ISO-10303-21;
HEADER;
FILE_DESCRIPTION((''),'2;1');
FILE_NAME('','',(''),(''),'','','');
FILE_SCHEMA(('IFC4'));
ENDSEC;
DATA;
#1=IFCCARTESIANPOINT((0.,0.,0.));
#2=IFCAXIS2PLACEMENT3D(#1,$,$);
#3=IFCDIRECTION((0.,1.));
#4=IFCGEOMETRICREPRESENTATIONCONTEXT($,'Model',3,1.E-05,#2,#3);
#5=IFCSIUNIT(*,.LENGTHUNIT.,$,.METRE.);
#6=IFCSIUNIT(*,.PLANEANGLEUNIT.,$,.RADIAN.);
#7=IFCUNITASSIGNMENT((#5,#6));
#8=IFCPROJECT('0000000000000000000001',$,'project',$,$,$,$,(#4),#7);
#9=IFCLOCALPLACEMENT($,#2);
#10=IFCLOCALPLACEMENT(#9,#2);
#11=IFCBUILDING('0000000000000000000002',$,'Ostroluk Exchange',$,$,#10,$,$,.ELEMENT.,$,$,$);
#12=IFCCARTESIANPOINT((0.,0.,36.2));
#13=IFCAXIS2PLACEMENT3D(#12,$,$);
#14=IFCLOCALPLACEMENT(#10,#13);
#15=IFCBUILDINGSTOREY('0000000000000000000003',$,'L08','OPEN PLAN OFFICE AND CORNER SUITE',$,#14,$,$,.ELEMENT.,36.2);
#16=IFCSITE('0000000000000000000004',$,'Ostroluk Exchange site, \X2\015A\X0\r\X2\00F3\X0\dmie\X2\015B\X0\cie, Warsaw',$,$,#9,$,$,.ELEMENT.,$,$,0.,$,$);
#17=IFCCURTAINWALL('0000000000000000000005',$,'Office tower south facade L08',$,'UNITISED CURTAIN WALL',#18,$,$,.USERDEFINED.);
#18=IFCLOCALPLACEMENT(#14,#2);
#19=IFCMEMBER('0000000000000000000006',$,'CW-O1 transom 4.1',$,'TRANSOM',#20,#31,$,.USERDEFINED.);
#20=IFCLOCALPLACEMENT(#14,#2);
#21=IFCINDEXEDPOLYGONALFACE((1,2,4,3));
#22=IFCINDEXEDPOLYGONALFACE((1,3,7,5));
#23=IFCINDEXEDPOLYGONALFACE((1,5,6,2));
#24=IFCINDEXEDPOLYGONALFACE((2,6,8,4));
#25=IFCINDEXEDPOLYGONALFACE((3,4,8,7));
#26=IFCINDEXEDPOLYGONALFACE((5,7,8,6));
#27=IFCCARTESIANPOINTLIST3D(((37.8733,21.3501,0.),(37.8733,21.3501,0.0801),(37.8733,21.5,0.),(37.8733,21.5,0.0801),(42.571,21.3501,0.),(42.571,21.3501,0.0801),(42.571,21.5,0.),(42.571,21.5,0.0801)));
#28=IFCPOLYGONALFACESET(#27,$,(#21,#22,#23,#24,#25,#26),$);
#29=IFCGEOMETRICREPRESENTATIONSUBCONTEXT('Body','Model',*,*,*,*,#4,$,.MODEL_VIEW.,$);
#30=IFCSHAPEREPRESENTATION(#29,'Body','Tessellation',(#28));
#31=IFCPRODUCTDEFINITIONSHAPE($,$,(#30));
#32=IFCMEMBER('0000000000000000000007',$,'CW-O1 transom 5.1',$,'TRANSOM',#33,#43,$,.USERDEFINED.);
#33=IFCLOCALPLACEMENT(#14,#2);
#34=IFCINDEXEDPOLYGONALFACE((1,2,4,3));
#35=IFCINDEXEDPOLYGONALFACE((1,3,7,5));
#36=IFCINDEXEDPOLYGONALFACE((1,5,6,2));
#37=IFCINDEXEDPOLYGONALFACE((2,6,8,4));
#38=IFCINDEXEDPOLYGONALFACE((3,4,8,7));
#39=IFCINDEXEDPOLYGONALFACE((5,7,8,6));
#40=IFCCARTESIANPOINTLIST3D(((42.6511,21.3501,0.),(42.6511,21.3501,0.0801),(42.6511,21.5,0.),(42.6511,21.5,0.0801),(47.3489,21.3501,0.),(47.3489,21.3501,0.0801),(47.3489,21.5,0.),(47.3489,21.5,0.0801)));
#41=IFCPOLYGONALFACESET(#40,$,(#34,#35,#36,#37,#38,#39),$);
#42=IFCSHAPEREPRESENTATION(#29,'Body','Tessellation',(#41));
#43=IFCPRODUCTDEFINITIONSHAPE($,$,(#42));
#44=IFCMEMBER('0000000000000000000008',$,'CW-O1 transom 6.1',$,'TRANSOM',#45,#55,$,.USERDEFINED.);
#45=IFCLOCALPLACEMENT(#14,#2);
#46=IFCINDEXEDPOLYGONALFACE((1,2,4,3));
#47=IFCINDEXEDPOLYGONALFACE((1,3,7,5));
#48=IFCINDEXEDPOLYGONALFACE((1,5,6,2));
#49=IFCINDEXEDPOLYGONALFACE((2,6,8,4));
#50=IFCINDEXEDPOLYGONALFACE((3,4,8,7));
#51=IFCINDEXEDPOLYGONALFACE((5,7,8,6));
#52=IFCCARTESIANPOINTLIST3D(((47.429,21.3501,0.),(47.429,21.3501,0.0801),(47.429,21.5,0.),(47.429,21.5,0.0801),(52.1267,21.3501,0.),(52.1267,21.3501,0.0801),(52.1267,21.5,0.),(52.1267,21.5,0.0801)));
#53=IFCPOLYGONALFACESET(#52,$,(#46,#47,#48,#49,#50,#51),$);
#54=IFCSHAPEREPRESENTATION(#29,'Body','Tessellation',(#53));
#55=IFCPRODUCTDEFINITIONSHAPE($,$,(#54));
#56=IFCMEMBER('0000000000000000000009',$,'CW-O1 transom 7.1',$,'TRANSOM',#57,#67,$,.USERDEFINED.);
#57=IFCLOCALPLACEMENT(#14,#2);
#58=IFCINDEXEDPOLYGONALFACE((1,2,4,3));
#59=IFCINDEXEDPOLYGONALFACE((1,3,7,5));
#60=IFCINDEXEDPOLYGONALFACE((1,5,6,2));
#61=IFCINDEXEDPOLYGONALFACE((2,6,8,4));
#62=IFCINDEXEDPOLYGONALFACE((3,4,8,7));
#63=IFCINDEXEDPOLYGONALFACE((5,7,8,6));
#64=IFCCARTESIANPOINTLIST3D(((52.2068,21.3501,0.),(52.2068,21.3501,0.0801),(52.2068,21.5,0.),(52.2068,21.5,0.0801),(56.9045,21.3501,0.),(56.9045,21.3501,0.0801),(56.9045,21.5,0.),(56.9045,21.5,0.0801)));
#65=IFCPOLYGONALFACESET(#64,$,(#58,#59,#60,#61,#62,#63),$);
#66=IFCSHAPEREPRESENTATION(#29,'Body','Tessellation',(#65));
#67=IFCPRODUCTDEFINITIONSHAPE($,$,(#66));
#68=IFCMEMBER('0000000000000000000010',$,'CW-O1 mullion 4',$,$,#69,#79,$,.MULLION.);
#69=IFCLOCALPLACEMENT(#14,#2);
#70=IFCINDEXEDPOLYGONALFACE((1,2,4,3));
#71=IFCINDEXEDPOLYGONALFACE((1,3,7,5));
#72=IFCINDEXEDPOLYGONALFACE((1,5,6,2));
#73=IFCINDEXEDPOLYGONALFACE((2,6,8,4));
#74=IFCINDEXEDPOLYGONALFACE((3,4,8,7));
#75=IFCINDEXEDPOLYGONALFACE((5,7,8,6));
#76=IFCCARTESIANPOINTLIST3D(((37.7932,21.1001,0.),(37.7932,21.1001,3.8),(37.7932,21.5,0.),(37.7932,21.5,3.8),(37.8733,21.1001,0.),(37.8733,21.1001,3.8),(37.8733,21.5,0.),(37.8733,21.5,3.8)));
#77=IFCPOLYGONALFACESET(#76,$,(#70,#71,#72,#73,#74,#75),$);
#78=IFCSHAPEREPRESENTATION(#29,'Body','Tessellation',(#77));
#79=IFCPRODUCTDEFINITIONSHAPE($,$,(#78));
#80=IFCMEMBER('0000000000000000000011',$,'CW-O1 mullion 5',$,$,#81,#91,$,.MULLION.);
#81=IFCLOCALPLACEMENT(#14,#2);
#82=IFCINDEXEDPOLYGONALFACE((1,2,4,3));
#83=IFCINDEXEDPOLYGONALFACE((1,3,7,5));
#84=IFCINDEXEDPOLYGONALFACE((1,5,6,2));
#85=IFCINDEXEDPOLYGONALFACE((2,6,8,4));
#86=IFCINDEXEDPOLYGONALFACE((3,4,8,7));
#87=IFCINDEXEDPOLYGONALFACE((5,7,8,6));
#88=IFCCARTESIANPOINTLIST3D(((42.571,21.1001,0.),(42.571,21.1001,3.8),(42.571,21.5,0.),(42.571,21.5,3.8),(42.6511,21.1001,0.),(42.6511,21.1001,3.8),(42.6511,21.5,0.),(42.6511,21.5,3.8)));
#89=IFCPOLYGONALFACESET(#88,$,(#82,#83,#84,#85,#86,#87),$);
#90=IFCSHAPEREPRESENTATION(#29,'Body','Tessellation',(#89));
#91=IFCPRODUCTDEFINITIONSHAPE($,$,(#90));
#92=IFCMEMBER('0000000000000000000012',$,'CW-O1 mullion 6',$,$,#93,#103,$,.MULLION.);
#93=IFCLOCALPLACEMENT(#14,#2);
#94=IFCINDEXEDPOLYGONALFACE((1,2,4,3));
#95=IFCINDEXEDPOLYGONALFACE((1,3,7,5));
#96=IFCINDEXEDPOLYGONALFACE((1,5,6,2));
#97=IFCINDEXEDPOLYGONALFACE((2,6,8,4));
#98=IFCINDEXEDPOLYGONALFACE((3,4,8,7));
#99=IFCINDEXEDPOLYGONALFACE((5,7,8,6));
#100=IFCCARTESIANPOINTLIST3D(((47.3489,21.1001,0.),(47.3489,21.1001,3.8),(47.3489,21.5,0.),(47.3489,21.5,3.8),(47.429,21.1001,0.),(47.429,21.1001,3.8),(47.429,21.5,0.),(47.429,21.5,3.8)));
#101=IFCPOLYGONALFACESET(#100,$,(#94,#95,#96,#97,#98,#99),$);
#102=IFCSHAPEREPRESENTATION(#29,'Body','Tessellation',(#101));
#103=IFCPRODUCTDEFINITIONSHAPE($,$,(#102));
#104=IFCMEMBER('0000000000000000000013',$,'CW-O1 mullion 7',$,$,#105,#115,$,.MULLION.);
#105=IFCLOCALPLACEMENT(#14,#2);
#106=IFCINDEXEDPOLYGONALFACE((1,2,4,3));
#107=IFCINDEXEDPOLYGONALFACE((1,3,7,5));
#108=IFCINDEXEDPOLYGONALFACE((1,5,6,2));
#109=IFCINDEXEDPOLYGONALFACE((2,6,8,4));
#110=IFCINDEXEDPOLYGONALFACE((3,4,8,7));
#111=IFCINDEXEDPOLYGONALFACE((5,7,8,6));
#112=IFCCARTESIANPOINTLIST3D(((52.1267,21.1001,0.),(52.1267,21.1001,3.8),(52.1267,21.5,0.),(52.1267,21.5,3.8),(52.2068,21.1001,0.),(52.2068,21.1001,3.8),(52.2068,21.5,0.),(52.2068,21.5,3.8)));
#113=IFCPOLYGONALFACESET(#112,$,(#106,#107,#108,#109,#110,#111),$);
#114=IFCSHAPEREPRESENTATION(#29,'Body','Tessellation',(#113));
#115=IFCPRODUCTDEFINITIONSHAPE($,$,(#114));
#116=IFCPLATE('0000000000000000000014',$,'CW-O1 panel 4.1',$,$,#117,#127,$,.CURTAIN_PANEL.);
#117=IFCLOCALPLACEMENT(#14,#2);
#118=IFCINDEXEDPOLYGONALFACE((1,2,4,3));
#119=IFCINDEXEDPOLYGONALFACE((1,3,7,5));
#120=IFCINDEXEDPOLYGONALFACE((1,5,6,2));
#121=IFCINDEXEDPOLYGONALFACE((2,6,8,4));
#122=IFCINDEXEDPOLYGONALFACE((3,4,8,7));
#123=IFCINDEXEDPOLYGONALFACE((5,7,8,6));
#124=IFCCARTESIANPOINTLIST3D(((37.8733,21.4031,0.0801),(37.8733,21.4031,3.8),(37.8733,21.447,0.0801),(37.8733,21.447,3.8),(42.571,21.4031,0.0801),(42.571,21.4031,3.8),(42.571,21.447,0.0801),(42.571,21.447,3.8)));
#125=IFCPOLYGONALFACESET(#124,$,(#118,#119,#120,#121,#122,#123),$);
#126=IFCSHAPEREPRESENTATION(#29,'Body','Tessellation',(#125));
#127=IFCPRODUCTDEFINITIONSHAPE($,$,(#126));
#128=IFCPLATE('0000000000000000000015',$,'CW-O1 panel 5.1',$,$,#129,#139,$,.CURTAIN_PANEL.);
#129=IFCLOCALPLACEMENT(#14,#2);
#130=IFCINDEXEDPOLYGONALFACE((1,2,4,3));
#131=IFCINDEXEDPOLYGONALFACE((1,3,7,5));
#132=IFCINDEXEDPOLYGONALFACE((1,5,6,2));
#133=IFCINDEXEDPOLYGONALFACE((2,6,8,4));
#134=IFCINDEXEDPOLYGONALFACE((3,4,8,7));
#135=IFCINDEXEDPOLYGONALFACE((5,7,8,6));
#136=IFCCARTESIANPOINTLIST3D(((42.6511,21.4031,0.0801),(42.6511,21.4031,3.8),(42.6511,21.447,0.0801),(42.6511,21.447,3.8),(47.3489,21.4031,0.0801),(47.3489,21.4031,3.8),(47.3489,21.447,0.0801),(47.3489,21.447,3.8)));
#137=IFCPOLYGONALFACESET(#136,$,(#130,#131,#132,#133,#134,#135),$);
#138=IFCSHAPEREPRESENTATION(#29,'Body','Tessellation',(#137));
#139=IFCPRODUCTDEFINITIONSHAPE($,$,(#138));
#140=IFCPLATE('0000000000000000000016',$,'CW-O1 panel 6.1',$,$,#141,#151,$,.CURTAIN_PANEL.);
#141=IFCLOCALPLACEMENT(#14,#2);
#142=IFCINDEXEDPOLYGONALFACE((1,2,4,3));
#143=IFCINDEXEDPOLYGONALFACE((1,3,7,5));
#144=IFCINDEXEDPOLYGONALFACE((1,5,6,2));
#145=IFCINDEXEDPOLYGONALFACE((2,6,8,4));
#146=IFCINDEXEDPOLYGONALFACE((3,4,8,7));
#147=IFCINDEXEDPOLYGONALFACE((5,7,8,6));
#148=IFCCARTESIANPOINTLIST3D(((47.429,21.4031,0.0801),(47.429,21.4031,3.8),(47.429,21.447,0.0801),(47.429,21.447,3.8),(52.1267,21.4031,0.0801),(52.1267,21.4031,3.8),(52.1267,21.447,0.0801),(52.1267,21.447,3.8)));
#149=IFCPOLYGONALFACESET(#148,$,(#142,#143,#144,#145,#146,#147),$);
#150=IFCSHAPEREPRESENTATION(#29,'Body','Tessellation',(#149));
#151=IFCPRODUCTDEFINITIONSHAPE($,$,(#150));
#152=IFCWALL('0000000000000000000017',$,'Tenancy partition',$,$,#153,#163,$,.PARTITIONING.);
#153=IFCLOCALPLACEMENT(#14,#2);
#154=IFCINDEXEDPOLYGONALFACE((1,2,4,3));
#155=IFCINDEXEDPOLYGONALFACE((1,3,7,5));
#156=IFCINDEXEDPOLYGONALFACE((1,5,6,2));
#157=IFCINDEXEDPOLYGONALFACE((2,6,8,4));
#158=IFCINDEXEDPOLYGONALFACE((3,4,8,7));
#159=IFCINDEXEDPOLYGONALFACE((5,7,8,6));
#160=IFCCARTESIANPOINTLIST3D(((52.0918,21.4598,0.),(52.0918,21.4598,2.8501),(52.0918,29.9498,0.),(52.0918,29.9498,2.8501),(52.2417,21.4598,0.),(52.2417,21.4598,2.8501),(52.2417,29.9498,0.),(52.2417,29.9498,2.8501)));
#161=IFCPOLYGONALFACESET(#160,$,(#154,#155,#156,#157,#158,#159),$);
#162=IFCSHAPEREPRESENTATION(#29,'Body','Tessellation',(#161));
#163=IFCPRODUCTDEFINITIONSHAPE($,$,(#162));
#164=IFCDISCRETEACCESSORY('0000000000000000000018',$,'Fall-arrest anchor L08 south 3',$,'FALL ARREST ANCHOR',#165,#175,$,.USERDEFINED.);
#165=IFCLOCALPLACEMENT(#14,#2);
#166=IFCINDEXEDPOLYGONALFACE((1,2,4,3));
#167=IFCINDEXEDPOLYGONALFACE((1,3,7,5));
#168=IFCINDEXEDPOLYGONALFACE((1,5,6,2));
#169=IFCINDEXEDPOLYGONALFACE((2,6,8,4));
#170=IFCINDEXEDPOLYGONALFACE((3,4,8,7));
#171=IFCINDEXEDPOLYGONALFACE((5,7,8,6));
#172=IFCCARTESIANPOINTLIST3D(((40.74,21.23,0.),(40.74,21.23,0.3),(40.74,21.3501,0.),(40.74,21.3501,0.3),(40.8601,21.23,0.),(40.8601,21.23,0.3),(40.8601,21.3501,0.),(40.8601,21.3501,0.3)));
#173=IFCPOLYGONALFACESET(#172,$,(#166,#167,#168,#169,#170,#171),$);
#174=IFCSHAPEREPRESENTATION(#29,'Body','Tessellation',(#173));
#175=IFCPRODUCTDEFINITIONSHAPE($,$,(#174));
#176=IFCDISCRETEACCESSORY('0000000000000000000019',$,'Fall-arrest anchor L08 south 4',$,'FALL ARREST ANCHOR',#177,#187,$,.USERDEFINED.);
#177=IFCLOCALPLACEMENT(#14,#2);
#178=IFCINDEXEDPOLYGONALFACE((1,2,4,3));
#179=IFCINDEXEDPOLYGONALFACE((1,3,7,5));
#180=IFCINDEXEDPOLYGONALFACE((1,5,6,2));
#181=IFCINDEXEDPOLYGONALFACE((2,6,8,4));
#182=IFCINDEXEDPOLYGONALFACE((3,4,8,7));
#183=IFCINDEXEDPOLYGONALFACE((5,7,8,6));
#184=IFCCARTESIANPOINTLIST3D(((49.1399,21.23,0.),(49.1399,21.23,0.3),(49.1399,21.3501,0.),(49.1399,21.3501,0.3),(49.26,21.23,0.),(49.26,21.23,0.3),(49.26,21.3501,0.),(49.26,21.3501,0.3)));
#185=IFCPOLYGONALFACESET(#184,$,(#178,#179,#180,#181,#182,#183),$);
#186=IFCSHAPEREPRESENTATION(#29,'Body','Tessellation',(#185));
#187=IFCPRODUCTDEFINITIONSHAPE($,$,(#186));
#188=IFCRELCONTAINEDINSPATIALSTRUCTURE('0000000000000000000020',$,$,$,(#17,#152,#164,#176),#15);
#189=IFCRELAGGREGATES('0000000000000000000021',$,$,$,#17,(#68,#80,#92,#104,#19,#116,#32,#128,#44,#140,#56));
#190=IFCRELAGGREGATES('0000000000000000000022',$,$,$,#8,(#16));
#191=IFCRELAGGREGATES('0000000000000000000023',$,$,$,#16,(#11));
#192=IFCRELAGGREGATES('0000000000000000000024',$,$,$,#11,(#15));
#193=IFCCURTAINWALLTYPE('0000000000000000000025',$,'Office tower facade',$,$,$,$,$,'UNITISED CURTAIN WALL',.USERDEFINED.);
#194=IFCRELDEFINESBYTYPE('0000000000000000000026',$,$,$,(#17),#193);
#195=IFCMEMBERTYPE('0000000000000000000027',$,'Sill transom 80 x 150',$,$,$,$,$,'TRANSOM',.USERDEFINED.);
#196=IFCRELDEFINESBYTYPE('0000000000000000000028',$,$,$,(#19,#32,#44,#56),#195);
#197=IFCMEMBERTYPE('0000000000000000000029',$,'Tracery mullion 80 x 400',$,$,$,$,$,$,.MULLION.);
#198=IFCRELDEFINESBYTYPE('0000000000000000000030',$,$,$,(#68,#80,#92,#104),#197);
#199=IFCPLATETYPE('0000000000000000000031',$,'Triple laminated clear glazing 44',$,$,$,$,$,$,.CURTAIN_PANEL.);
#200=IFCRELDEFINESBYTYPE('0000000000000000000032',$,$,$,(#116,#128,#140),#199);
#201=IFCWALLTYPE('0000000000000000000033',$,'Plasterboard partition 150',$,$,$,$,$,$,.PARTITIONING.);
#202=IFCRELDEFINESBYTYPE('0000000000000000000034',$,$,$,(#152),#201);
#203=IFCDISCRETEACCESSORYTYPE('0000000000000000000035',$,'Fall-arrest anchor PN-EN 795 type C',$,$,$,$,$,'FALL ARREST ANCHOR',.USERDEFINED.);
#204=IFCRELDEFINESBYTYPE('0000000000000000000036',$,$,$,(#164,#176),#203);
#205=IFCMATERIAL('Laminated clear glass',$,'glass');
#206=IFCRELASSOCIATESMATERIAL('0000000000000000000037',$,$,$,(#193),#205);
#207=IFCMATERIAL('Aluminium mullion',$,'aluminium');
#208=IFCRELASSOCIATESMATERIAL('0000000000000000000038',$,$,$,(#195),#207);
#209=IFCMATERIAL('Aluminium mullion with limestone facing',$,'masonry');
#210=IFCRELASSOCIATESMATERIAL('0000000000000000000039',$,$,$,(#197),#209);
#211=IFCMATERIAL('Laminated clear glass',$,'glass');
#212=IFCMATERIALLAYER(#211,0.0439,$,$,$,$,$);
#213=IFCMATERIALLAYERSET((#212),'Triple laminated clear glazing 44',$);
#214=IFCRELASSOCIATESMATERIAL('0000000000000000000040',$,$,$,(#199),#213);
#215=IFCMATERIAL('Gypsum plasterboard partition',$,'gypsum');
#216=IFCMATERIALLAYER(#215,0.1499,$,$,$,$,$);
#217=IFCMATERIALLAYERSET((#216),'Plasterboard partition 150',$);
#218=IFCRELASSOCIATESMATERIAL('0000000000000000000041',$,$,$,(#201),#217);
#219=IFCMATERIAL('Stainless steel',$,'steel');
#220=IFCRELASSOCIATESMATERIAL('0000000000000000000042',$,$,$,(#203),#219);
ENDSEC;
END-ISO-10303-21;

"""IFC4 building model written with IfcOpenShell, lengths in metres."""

from ifc_helpers import new_model, si_unit, direction, frame, frame_2d, origin, origin_2d, place, context, subcontext, project, spatial, rectangle, extrude, material, layer, layer_set, material_profile, profile_set, type_object, element, aggregate, save


model = new_model("IFC4")

# Units and contexts
model_context = context("Model", 3, precision=1e-05, world=origin(), true_north=direction((0.0, 1.0)))
body_context = subcontext(model_context, "Body", "Model", "MODEL_VIEW")
ifc_project = project(units=[si_unit("LENGTHUNIT", "METRE"), si_unit("PLANEANGLEUNIT", "RADIAN")], contexts=[model_context])

# Site, building, storey
site_placement = place(None, origin())
site = spatial("IfcSite", under=ifc_project, at=site_placement, Name="Ostroluk Exchange site, Śródmieście, Warsaw", CompositionType="ELEMENT", RefElevation=0.0)
building_placement = place(site_placement, origin())
building = spatial("IfcBuilding", under=site, at=building_placement, Name="Ostroluk Exchange", CompositionType="ELEMENT")
storey_placement = place(building_placement, frame((0.0, 0.0, 36.2)))
storey = spatial("IfcBuildingStorey", under=building, at=storey_placement, Name="L08", Description="OPEN PLAN OFFICE AND CORNER SUITE", CompositionType="ELEMENT", Elevation=36.2)

# Curtain wall, members, plates
ifc_material_1 = material(Name="Laminated clear glass", Category="glass")
curtain_wall_type = type_object("IfcCurtainWallType", Name="Office tower facade", ElementType="UNITISED CURTAIN WALL", PredefinedType="USERDEFINED", material=ifc_material_1)
curtain_wall_placement = place(storey_placement, origin())
curtain_wall = element("IfcCurtainWall", 1, at=curtain_wall_placement, inside=storey, type_object=curtain_wall_type, Name="Office tower south facade L08", ObjectType="UNITISED CURTAIN WALL", PredefinedType="USERDEFINED")
ifc_material_2 = material(Name="Aluminium mullion", Category="aluminium")
ifc_material_profile_1 = material_profile(ifc_material_2, rectangle(XDim=0.1499, YDim=0.0801, at=origin_2d()), Name="Sill transom 80 x 150")
ifc_profile_set_1 = profile_set([ifc_material_profile_1], Name="Aluminium mullion")
member_type_1 = type_object("IfcMemberType", Name="Sill transom 80 x 150", ElementType="TRANSOM", PredefinedType="USERDEFINED", material=ifc_profile_set_1)
member_1_placement = place(storey_placement, frame((37.8733, 21.425, 0.04), z_axis=(1.0, 0.0, 0.0), x_axis=(0.0, 1.0, 0.0)))
member_1 = element("IfcMember", 2, at=member_1_placement, type_object=member_type_1, Name="CW-O1 transom 4.1", ObjectType="TRANSOM", PredefinedType="USERDEFINED", context=body_context, shape_type="SweptSolid", body=[
    extrude(rectangle(XDim=0.1499, YDim=0.0801, at=origin_2d()), origin(), (0.0, 0.0, 1.0), 4.6978),
])
member_2_placement = place(storey_placement, frame((42.6511, 21.425, 0.04), z_axis=(1.0, 0.0, 0.0), x_axis=(0.0, 1.0, 0.0)))
member_2 = element("IfcMember", 3, at=member_2_placement, type_object=member_type_1, Name="CW-O1 transom 5.1", ObjectType="TRANSOM", PredefinedType="USERDEFINED", context=body_context, shape_type="SweptSolid", body=[
    extrude(rectangle(XDim=0.1499, YDim=0.0801, at=origin_2d()), origin(), (0.0, 0.0, 1.0), 4.6978),
])
member_3_placement = place(storey_placement, frame((47.429, 21.425, 0.04), z_axis=(1.0, 0.0, 0.0), x_axis=(0.0, 1.0, 0.0)))
member_3 = element("IfcMember", 4, at=member_3_placement, type_object=member_type_1, Name="CW-O1 transom 6.1", ObjectType="TRANSOM", PredefinedType="USERDEFINED", context=body_context, shape_type="SweptSolid", body=[
    extrude(rectangle(XDim=0.1499, YDim=0.0801, at=origin_2d()), origin(), (0.0, 0.0, 1.0), 4.6978),
])
member_4_placement = place(storey_placement, frame((52.2068, 21.425, 0.04), z_axis=(1.0, 0.0, 0.0), x_axis=(0.0, 1.0, 0.0)))
member_4 = element("IfcMember", 5, at=member_4_placement, type_object=member_type_1, Name="CW-O1 transom 7.1", ObjectType="TRANSOM", PredefinedType="USERDEFINED", context=body_context, shape_type="SweptSolid", body=[
    extrude(rectangle(XDim=0.1499, YDim=0.0801, at=origin_2d()), origin(), (0.0, 0.0, 1.0), 4.6978),
])
ifc_material_3 = material(Name="Aluminium mullion with limestone facing", Category="masonry")
ifc_material_profile_2 = material_profile(ifc_material_3, rectangle(XDim=0.3999, YDim=0.0801, at=origin_2d()), Name="Tracery mullion 80 x 400")
ifc_profile_set_2 = profile_set([ifc_material_profile_2], Name="Aluminium mullion with limestone facing")
member_type_2 = type_object("IfcMemberType", Name="Tracery mullion 80 x 400", PredefinedType="MULLION", material=ifc_profile_set_2)
member_5_placement = place(storey_placement, frame((37.8333, 21.3, 0.0), z_axis=(0.0, 0.0, 1.0), x_axis=(0.0, 1.0, 0.0)))
member_5 = element("IfcMember", 6, at=member_5_placement, type_object=member_type_2, Name="CW-O1 mullion 4", PredefinedType="MULLION", context=body_context, shape_type="SweptSolid", body=[
    extrude(rectangle(XDim=0.3999, YDim=0.0801, at=origin_2d()), origin(), (0.0, 0.0, 1.0), 3.8),
])
member_6_placement = place(storey_placement, frame((42.6111, 21.3, 0.0), z_axis=(0.0, 0.0, 1.0), x_axis=(0.0, 1.0, 0.0)))
member_6 = element("IfcMember", 7, at=member_6_placement, type_object=member_type_2, Name="CW-O1 mullion 5", PredefinedType="MULLION", context=body_context, shape_type="SweptSolid", body=[
    extrude(rectangle(XDim=0.3999, YDim=0.0801, at=origin_2d()), origin(), (0.0, 0.0, 1.0), 3.8),
])
member_7_placement = place(storey_placement, frame((47.3889, 21.3, 0.0), z_axis=(0.0, 0.0, 1.0), x_axis=(0.0, 1.0, 0.0)))
member_7 = element("IfcMember", 8, at=member_7_placement, type_object=member_type_2, Name="CW-O1 mullion 6", PredefinedType="MULLION", context=body_context, shape_type="SweptSolid", body=[
    extrude(rectangle(XDim=0.3999, YDim=0.0801, at=origin_2d()), origin(), (0.0, 0.0, 1.0), 3.8),
])
member_8_placement = place(storey_placement, frame((52.1667, 21.3, 0.0), z_axis=(0.0, 0.0, 1.0), x_axis=(0.0, 1.0, 0.0)))
member_8 = element("IfcMember", 9, at=member_8_placement, type_object=member_type_2, Name="CW-O1 mullion 7", PredefinedType="MULLION", context=body_context, shape_type="SweptSolid", body=[
    extrude(rectangle(XDim=0.3999, YDim=0.0801, at=origin_2d()), origin(), (0.0, 0.0, 1.0), 3.8),
])
ifc_material_4 = material(Name="Laminated clear glass", Category="glass")
ifc_layer_1 = layer(ifc_material_4, 0.0439)
ifc_layer_set_1 = layer_set([ifc_layer_1], Name="Triple laminated clear glazing 44")
plate_type = type_object("IfcPlateType", Name="Triple laminated clear glazing 44", PredefinedType="CURTAIN_PANEL", material=ifc_layer_set_1)
plate_1_placement = place(storey_placement, frame((40.2222, 21.425, 0.0801), z_axis=(0.0, 0.0, 1.0), x_axis=(1.0, 0.0, 0.0)))
plate_1 = element("IfcPlate", 10, at=plate_1_placement, type_object=plate_type, Name="CW-O1 panel 4.1", PredefinedType="CURTAIN_PANEL", context=body_context, shape_type="SweptSolid", body=[
    extrude(rectangle(XDim=4.6978, YDim=0.0439, at=origin_2d()), origin(), (0.0, 0.0, 1.0), 3.72),
])
plate_2_placement = place(storey_placement, frame((45.0, 21.425, 0.0801), z_axis=(0.0, 0.0, 1.0), x_axis=(1.0, 0.0, 0.0)))
plate_2 = element("IfcPlate", 11, at=plate_2_placement, type_object=plate_type, Name="CW-O1 panel 5.1", PredefinedType="CURTAIN_PANEL", context=body_context, shape_type="SweptSolid", body=[
    extrude(rectangle(XDim=4.6978, YDim=0.0439, at=origin_2d()), origin(), (0.0, 0.0, 1.0), 3.72),
])
plate_3_placement = place(storey_placement, frame((49.7778, 21.425, 0.0801), z_axis=(0.0, 0.0, 1.0), x_axis=(1.0, 0.0, 0.0)))
plate_3 = element("IfcPlate", 12, at=plate_3_placement, type_object=plate_type, Name="CW-O1 panel 6.1", PredefinedType="CURTAIN_PANEL", context=body_context, shape_type="SweptSolid", body=[
    extrude(rectangle(XDim=4.6978, YDim=0.0439, at=origin_2d()), origin(), (0.0, 0.0, 1.0), 3.72),
])
aggregate(curtain_wall, [member_5, member_6, member_7, member_8, member_1, plate_1, member_2, plate_2, member_3, plate_3, member_4])

# Wall
ifc_material_5 = material(Name="Gypsum plasterboard partition", Category="gypsum")
ifc_layer_2 = layer(ifc_material_5, 0.1499)
ifc_layer_set_2 = layer_set([ifc_layer_2], Name="Plasterboard partition 150")
wall_type = type_object("IfcWallType", Name="Plasterboard partition 150", PredefinedType="PARTITIONING", material=ifc_layer_set_2)
wall_placement = place(storey_placement, frame((52.1667, 29.95, 0.0), z_axis=(0.0, 0.0, 1.0), x_axis=(0.0, -1.0, 0.0)))
element("IfcWall", 13, at=wall_placement, inside=storey, type_object=wall_type, Name="Tenancy partition", PredefinedType="PARTITIONING", context=body_context, shape_type="SweptSolid", body=[
    extrude(rectangle(XDim=8.49, YDim=0.1499, at=frame_2d((4.2451, 0.0))), origin(), (0.0, 0.0, 1.0), 2.8501),
])

# Discrete accessories
ifc_material_6 = material(Name="Stainless steel", Category="steel")
discrete_accessory_type = type_object("IfcDiscreteAccessoryType", Name="Fall-arrest anchor PN-EN 795 type C", ElementType="FALL ARREST ANCHOR", PredefinedType="USERDEFINED", material=ifc_material_6)
for number, where, z_axis, x_axis, name in (
    (14, (40.8, 21.29, 0.0), (0.0, 0.0, 1.0), (1.0, 0.0, 0.0), "Fall-arrest anchor L08 south 3"),
    (15, (49.2, 21.29, 0.0), (0.0, 0.0, 1.0), (1.0, 0.0, 0.0), "Fall-arrest anchor L08 south 4"),
):
    element("IfcDiscreteAccessory", number, at=place(storey_placement, frame(where, z_axis=z_axis, x_axis=x_axis)), inside=storey, type_object=discrete_accessory_type, Name=name, ObjectType="FALL ARREST ANCHOR", PredefinedType="USERDEFINED", context=body_context, shape_type="SweptSolid", body=[
        extrude(rectangle(XDim=0.1201, YDim=0.1201, at=origin_2d()), origin(), (0.0, 0.0, 1.0), 0.3),
    ])

save(model, "model.ifc")
